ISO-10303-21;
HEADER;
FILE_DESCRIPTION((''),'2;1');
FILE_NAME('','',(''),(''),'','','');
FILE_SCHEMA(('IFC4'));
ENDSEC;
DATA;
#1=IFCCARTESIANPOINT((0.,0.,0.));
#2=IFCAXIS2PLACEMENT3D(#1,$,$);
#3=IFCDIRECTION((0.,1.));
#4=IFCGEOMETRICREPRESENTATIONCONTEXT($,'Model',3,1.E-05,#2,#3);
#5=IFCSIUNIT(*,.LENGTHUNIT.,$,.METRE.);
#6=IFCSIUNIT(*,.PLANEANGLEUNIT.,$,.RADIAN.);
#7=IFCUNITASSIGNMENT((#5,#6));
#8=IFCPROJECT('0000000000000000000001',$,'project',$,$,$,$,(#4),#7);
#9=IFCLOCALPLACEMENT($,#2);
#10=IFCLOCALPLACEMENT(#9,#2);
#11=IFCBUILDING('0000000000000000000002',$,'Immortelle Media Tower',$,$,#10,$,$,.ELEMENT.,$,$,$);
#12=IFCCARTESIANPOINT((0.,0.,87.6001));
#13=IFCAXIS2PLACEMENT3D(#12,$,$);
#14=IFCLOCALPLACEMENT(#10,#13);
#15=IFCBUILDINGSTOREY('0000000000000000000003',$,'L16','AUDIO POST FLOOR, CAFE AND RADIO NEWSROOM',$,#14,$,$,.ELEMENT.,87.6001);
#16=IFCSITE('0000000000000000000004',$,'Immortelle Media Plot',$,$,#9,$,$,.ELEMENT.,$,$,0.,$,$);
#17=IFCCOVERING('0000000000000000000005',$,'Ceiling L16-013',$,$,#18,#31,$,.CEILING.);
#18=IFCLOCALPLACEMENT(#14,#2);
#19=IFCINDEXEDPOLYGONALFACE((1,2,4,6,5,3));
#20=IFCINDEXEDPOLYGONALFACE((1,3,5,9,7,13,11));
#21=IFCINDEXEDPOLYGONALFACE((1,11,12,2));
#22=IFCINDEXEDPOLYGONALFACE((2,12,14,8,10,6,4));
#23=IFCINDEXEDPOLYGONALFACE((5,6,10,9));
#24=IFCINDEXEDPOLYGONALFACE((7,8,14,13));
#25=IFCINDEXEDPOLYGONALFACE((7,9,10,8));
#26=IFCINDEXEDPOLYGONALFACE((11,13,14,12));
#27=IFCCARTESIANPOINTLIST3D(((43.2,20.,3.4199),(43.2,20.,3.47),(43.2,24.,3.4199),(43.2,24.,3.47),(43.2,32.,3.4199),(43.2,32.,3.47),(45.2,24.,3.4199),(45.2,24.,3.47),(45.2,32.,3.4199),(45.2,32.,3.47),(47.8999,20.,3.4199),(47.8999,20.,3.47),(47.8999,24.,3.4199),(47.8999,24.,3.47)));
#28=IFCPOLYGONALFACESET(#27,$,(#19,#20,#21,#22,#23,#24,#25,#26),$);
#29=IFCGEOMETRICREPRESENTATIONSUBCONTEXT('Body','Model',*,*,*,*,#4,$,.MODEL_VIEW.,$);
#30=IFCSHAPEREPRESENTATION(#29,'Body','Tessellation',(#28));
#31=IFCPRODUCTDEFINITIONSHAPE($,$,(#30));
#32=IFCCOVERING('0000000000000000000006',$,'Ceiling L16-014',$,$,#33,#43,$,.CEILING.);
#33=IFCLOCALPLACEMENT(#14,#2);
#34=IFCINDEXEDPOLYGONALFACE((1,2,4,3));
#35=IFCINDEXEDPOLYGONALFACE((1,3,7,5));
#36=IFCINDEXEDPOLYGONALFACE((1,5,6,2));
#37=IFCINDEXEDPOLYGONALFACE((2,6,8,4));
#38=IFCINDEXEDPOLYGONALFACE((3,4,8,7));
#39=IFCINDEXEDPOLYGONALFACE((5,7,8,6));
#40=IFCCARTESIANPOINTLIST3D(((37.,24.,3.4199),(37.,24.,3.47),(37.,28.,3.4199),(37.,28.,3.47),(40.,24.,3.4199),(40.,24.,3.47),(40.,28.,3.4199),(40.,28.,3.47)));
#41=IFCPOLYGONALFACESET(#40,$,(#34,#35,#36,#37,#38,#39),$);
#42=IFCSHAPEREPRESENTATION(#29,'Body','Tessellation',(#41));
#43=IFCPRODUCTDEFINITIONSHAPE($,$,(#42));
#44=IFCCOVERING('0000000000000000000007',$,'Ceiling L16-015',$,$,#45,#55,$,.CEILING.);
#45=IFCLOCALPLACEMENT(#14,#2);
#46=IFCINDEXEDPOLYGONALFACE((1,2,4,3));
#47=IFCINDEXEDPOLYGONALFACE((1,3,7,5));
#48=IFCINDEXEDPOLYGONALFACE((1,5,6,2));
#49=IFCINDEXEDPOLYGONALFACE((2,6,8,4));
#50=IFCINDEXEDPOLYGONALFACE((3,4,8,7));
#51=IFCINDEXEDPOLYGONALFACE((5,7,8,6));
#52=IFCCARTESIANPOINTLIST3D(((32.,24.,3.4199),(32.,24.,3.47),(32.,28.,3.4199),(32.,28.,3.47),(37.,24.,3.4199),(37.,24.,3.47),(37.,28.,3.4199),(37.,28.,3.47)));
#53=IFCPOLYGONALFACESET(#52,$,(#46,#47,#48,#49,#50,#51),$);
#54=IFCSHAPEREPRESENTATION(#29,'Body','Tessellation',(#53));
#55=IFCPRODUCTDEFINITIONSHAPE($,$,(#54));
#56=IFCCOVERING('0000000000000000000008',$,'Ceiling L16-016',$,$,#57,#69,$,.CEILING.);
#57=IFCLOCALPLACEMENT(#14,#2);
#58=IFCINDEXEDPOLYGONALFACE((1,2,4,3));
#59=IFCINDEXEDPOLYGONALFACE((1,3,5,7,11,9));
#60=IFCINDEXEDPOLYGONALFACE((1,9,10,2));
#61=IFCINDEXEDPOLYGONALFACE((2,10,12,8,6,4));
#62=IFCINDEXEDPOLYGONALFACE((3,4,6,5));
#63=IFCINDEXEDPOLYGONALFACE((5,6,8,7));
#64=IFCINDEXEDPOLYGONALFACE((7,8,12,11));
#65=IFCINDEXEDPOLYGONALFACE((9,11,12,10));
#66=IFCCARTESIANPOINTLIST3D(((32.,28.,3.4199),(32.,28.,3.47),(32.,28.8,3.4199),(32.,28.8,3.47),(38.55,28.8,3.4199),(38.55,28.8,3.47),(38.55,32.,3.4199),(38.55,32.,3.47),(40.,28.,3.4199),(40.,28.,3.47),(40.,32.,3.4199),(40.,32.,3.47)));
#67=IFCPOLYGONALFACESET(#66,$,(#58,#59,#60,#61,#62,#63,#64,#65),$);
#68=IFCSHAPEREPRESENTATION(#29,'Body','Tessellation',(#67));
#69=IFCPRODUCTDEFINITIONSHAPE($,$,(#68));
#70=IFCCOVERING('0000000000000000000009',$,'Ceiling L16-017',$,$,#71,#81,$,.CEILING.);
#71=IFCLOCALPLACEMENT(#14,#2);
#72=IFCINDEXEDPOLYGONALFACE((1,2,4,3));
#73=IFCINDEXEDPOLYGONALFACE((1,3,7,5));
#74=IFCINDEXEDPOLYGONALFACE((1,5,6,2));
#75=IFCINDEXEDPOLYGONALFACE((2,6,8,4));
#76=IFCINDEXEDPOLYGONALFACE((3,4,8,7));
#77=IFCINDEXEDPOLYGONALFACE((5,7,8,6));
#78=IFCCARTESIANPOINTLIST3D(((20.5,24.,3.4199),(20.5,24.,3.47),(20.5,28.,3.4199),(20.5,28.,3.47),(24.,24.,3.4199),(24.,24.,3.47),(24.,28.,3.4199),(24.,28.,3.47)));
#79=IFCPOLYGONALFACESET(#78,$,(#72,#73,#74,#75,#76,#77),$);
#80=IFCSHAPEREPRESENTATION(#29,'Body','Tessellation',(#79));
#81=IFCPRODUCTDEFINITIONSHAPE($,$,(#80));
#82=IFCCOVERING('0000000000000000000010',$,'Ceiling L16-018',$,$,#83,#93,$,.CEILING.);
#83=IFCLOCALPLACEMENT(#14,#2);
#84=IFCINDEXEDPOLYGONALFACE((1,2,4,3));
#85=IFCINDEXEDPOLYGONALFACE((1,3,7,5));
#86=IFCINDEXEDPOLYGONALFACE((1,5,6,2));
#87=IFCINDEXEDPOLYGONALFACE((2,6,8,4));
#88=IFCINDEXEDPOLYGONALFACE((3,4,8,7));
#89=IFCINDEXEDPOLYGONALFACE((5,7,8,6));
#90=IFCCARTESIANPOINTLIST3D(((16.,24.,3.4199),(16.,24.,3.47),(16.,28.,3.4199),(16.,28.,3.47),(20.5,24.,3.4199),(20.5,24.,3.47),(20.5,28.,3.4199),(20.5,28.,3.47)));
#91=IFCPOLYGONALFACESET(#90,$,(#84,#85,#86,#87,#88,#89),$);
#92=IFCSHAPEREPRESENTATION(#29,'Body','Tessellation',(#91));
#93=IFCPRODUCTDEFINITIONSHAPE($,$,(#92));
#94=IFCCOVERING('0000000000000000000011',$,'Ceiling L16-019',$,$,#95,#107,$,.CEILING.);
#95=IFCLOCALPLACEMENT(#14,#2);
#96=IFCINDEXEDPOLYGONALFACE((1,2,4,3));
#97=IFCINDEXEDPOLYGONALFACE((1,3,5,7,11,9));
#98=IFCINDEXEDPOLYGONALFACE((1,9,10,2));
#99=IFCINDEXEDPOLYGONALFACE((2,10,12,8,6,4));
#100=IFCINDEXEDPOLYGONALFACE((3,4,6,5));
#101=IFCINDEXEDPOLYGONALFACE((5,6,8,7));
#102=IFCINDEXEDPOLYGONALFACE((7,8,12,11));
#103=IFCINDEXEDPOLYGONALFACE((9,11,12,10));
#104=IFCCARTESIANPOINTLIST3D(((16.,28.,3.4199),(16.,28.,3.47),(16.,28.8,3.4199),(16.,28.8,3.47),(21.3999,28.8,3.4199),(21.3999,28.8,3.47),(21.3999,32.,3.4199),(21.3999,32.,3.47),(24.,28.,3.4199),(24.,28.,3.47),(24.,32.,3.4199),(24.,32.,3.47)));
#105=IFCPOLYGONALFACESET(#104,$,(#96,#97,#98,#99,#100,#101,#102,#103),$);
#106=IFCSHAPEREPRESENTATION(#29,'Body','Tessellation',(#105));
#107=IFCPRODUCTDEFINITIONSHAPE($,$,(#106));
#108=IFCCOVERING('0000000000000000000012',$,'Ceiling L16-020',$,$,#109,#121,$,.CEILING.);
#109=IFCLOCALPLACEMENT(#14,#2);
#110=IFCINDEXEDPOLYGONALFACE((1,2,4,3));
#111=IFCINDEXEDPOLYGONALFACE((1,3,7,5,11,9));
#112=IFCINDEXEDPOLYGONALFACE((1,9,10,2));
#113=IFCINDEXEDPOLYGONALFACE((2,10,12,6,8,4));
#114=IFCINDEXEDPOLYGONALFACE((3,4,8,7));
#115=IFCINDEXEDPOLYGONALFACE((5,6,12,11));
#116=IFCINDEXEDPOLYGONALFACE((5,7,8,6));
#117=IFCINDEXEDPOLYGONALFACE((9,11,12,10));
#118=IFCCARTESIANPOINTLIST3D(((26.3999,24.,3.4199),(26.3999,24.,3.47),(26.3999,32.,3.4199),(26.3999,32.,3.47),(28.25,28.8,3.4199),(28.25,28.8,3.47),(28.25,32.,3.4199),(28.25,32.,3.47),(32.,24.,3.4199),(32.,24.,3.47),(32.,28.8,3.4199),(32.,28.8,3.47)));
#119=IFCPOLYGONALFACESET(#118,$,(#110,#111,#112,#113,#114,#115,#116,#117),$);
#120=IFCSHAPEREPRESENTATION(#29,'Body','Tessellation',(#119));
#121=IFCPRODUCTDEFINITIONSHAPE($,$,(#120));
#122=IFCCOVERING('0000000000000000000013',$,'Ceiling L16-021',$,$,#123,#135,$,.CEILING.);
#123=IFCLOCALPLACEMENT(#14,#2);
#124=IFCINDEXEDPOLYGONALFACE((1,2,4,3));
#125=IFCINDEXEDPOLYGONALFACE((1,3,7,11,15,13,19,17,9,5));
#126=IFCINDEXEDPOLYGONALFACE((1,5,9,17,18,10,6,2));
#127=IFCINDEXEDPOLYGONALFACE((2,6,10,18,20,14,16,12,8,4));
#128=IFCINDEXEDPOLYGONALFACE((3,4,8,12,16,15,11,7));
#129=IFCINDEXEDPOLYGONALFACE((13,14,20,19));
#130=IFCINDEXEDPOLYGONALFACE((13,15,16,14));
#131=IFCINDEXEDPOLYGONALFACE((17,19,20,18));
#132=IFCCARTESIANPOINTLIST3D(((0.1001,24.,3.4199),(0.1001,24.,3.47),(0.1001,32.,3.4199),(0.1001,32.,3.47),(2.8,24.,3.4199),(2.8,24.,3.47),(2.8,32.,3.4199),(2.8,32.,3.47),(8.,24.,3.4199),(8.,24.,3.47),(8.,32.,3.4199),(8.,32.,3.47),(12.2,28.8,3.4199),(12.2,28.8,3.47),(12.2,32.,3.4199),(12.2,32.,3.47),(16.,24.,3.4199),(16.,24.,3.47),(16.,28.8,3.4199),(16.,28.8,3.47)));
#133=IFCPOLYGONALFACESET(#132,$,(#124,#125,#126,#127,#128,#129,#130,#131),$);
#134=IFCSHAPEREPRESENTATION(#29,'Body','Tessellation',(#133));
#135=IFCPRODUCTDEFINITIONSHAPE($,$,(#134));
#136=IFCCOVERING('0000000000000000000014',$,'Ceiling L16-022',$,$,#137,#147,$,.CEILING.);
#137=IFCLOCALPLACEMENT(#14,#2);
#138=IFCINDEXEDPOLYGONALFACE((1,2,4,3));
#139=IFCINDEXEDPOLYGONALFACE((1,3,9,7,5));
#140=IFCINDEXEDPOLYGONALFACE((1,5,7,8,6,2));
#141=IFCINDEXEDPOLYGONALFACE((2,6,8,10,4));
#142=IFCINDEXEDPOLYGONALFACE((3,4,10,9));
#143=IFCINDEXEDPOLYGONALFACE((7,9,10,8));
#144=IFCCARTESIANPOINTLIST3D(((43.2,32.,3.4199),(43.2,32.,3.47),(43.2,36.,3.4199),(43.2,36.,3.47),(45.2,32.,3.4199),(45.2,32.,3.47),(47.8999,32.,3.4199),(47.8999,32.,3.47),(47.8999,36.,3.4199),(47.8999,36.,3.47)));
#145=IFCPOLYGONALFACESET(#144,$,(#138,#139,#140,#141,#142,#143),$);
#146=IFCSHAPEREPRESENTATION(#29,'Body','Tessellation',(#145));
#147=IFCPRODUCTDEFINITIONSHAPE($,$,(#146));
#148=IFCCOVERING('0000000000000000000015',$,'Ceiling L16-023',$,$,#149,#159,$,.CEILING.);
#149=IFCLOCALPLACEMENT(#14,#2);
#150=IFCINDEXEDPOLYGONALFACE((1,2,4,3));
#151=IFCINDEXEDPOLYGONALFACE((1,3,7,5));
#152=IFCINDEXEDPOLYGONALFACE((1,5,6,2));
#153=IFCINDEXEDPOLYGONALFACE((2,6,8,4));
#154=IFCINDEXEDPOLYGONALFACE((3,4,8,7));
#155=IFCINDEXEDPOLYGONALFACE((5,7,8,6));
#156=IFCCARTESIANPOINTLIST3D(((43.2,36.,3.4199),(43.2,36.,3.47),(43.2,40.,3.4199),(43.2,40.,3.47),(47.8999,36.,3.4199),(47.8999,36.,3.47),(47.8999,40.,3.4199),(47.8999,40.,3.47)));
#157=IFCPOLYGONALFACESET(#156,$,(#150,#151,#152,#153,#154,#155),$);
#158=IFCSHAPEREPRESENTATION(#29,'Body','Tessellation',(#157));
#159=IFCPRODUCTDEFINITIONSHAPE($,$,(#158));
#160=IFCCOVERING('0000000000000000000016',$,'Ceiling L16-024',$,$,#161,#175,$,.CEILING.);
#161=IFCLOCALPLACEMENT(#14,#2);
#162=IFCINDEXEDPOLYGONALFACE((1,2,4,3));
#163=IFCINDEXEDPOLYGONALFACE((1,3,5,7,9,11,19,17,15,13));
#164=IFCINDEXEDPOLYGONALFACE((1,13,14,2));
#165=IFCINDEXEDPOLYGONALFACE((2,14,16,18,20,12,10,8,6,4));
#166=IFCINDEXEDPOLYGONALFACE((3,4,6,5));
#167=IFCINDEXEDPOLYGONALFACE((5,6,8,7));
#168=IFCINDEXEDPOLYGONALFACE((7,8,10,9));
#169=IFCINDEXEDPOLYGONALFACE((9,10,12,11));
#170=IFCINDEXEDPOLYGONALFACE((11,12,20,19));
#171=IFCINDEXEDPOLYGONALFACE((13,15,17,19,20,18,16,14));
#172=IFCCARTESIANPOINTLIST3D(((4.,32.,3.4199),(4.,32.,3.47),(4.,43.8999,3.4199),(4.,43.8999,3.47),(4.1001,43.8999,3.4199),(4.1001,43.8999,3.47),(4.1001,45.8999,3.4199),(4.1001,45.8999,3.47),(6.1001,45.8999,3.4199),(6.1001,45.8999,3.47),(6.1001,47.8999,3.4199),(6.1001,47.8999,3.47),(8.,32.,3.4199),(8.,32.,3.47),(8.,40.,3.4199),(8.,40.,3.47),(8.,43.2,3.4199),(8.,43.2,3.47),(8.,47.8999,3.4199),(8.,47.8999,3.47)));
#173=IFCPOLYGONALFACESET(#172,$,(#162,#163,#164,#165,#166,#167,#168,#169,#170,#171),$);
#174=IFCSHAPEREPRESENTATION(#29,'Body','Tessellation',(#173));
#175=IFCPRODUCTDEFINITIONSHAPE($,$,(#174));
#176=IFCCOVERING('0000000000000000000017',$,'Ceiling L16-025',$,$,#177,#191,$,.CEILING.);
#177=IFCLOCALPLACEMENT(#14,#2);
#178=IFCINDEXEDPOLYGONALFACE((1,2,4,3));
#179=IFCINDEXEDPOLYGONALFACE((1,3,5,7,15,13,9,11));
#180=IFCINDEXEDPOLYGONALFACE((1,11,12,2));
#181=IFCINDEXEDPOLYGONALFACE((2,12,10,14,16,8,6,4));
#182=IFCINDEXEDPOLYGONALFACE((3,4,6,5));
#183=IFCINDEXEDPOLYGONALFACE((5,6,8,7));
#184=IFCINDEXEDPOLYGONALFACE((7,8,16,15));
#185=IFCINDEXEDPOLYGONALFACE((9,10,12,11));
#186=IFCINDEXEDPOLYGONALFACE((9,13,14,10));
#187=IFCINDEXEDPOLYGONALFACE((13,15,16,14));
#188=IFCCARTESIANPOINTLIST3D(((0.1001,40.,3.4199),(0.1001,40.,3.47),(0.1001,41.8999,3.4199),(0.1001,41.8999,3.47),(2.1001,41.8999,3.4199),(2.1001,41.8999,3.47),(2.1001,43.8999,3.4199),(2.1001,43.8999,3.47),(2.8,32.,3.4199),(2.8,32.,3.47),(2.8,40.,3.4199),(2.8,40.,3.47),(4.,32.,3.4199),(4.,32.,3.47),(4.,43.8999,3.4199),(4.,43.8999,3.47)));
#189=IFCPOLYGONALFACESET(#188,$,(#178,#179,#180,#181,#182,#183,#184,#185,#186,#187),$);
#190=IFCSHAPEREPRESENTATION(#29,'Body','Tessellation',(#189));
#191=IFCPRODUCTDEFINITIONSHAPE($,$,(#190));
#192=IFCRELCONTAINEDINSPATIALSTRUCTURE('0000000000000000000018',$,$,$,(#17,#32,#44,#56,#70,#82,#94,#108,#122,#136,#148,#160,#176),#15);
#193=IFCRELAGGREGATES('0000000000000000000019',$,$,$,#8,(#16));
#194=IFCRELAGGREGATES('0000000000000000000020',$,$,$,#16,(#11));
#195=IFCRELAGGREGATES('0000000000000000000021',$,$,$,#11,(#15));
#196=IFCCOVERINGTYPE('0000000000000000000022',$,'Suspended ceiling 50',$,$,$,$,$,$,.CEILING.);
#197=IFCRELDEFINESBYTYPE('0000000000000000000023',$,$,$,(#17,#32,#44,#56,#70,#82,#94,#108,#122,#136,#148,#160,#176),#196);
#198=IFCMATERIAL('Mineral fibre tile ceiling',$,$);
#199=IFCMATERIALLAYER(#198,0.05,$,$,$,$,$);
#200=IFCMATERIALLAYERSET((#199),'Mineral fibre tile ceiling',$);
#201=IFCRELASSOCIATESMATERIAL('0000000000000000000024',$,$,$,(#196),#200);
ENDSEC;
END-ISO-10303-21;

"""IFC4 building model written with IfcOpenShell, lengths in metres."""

from ifc_helpers import new_model, si_unit, direction, frame, origin, place, context, subcontext, project, spatial, polyline, outline, extrude, material, layer, layer_set, type_object, element, save


model = new_model("IFC4")

# Units and contexts
model_context = context("Model", 3, precision=1e-05, world=origin(), true_north=direction((0.0, 1.0)))
body_context = subcontext(model_context, "Body", "Model", "MODEL_VIEW")
ifc_project = project(units=[si_unit("LENGTHUNIT", "METRE"), si_unit("PLANEANGLEUNIT", "RADIAN")], contexts=[model_context])

# Site, building, storey
site_placement = place(None, origin())
site = spatial("IfcSite", under=ifc_project, at=site_placement, Name="Immortelle Media Plot", CompositionType="ELEMENT", RefElevation=0.0)
building_placement = place(site_placement, origin())
building = spatial("IfcBuilding", under=site, at=building_placement, Name="Immortelle Media Tower", CompositionType="ELEMENT")
storey_placement = place(building_placement, frame((0.0, 0.0, 87.6001)))
storey = spatial("IfcBuildingStorey", under=building, at=storey_placement, Name="L16", Description="AUDIO POST FLOOR, CAFE AND RADIO NEWSROOM", CompositionType="ELEMENT", Elevation=87.6001)

# Coverings
ifc_material_1 = material(Name="Mineral fibre tile ceiling")
ifc_layer_1 = layer(ifc_material_1, 0.05)
ifc_layer_set_1 = layer_set([ifc_layer_1], Name="Mineral fibre tile ceiling")
covering_type = type_object("IfcCoveringType", Name="Suspended ceiling 50", PredefinedType="CEILING", material=ifc_layer_set_1)
covering_1_placement = place(storey_placement, frame((0.0, 0.0, 3.4199)))
element("IfcCovering", 1, at=covering_1_placement, inside=storey, type_object=covering_type, Name="Ceiling L16-013", PredefinedType="CEILING", context=body_context, shape_type="SweptSolid", body=[
    extrude(outline(polyline([(43.2, 24.0), (43.2, 32.0), (45.2, 32.0), (45.2, 24.0), (47.8999, 24.0), (47.8999, 20.0), (43.2, 20.0), (43.2, 24.0)])), origin(), (0.0, 0.0, 1.0), 0.05),
])
covering_2_placement = place(storey_placement, frame((0.0, 0.0, 3.4199)))
element("IfcCovering", 2, at=covering_2_placement, inside=storey, type_object=covering_type, Name="Ceiling L16-014", PredefinedType="CEILING", context=body_context, shape_type="SweptSolid", body=[
    extrude(outline(polyline([(40.0, 28.0), (40.0, 24.0), (37.0, 24.0), (37.0, 28.0), (40.0, 28.0)])), origin(), (0.0, 0.0, 1.0), 0.05),
])
covering_3_placement = place(storey_placement, frame((0.0, 0.0, 3.4199)))
element("IfcCovering", 3, at=covering_3_placement, inside=storey, type_object=covering_type, Name="Ceiling L16-015", PredefinedType="CEILING", context=body_context, shape_type="SweptSolid", body=[
    extrude(outline(polyline([(37.0, 28.0), (37.0, 24.0), (32.0, 24.0), (32.0, 28.0), (37.0, 28.0)])), origin(), (0.0, 0.0, 1.0), 0.05),
])
covering_4_placement = place(storey_placement, frame((0.0, 0.0, 3.4199)))
element("IfcCovering", 4, at=covering_4_placement, inside=storey, type_object=covering_type, Name="Ceiling L16-016", PredefinedType="CEILING", context=body_context, shape_type="SweptSolid", body=[
    extrude(outline(polyline([(32.0, 28.8), (38.55, 28.8), (38.55, 32.0), (40.0, 32.0), (40.0, 28.0), (32.0, 28.0), (32.0, 28.8)])), origin(), (0.0, 0.0, 1.0), 0.05),
])
covering_5_placement = place(storey_placement, frame((0.0, 0.0, 3.4199)))
element("IfcCovering", 5, at=covering_5_placement, inside=storey, type_object=covering_type, Name="Ceiling L16-017", PredefinedType="CEILING", context=body_context, shape_type="SweptSolid", body=[
    extrude(outline(polyline([(24.0, 28.0), (24.0, 24.0), (20.5, 24.0), (20.5, 28.0), (24.0, 28.0)])), origin(), (0.0, 0.0, 1.0), 0.05),
])
covering_6_placement = place(storey_placement, frame((0.0, 0.0, 3.4199)))
element("IfcCovering", 6, at=covering_6_placement, inside=storey, type_object=covering_type, Name="Ceiling L16-018", PredefinedType="CEILING", context=body_context, shape_type="SweptSolid", body=[
    extrude(outline(polyline([(20.5, 28.0), (20.5, 24.0), (16.0, 24.0), (16.0, 28.0), (20.5, 28.0)])), origin(), (0.0, 0.0, 1.0), 0.05),
])
covering_7_placement = place(storey_placement, frame((0.0, 0.0, 3.4199)))
element("IfcCovering", 7, at=covering_7_placement, inside=storey, type_object=covering_type, Name="Ceiling L16-019", PredefinedType="CEILING", context=body_context, shape_type="SweptSolid", body=[
    extrude(outline(polyline([(16.0, 28.8), (21.3999, 28.8), (21.3999, 32.0), (24.0, 32.0), (24.0, 28.0), (16.0, 28.0), (16.0, 28.8)])), origin(), (0.0, 0.0, 1.0), 0.05),
])
covering_8_placement = place(storey_placement, frame((0.0, 0.0, 3.4199)))
element("IfcCovering", 8, at=covering_8_placement, inside=storey, type_object=covering_type, Name="Ceiling L16-020", PredefinedType="CEILING", context=body_context, shape_type="SweptSolid", body=[
    extrude(outline(polyline([(26.3999, 24.0), (26.3999, 32.0), (28.25, 32.0), (28.25, 28.8), (32.0, 28.8), (32.0, 24.0), (26.3999, 24.0)])), origin(), (0.0, 0.0, 1.0), 0.05),
])
covering_9_placement = place(storey_placement, frame((0.0, 0.0, 3.4199)))
element("IfcCovering", 9, at=covering_9_placement, inside=storey, type_object=covering_type, Name="Ceiling L16-021", PredefinedType="CEILING", context=body_context, shape_type="SweptSolid", body=[
    extrude(outline(polyline([(0.1001, 24.0), (0.1001, 32.0), (2.8, 32.0), (8.0, 32.0), (12.2, 32.0), (12.2, 28.8), (16.0, 28.8), (16.0, 24.0), (8.0, 24.0), (2.8, 24.0), (0.1001, 24.0)])), origin(), (0.0, 0.0, 1.0), 0.05),
])
covering_10_placement = place(storey_placement, frame((0.0, 0.0, 3.4199)))
element("IfcCovering", 10, at=covering_10_placement, inside=storey, type_object=covering_type, Name="Ceiling L16-022", PredefinedType="CEILING", context=body_context, shape_type="SweptSolid", body=[
    extrude(outline(polyline([(43.2, 32.0), (43.2, 36.0), (47.8999, 36.0), (47.8999, 32.0), (45.2, 32.0), (43.2, 32.0)])), origin(), (0.0, 0.0, 1.0), 0.05),
])
covering_11_placement = place(storey_placement, frame((0.0, 0.0, 3.4199)))
element("IfcCovering", 11, at=covering_11_placement, inside=storey, type_object=covering_type, Name="Ceiling L16-023", PredefinedType="CEILING", context=body_context, shape_type="SweptSolid", body=[
    extrude(outline(polyline([(43.2, 40.0), (47.8999, 40.0), (47.8999, 36.0), (43.2, 36.0), (43.2, 40.0)])), origin(), (0.0, 0.0, 1.0), 0.05),
])
covering_12_placement = place(storey_placement, frame((0.0, 0.0, 3.4199)))
element("IfcCovering", 12, at=covering_12_placement, inside=storey, type_object=covering_type, Name="Ceiling L16-024", PredefinedType="CEILING", context=body_context, shape_type="SweptSolid", body=[
    extrude(outline(polyline([(4.1001, 43.8999), (4.1001, 45.8999), (6.1001, 45.8999), (6.1001, 47.8999), (8.0, 47.8999), (8.0, 43.2), (8.0, 40.0), (8.0, 32.0), (4.0, 32.0), (4.0, 43.8999), (4.1001, 43.8999)])), origin(), (0.0, 0.0, 1.0), 0.05),
])
covering_13_placement = place(storey_placement, frame((0.0, 0.0, 3.4199)))
element("IfcCovering", 13, at=covering_13_placement, inside=storey, type_object=covering_type, Name="Ceiling L16-025", PredefinedType="CEILING", context=body_context, shape_type="SweptSolid", body=[
    extrude(outline(polyline([(2.8, 40.0), (0.1001, 40.0), (0.1001, 41.8999), (2.1001, 41.8999), (2.1001, 43.8999), (4.0, 43.8999), (4.0, 32.0), (2.8, 32.0), (2.8, 40.0)])), origin(), (0.0, 0.0, 1.0), 0.05),
])

save(model, "model.ifc")
